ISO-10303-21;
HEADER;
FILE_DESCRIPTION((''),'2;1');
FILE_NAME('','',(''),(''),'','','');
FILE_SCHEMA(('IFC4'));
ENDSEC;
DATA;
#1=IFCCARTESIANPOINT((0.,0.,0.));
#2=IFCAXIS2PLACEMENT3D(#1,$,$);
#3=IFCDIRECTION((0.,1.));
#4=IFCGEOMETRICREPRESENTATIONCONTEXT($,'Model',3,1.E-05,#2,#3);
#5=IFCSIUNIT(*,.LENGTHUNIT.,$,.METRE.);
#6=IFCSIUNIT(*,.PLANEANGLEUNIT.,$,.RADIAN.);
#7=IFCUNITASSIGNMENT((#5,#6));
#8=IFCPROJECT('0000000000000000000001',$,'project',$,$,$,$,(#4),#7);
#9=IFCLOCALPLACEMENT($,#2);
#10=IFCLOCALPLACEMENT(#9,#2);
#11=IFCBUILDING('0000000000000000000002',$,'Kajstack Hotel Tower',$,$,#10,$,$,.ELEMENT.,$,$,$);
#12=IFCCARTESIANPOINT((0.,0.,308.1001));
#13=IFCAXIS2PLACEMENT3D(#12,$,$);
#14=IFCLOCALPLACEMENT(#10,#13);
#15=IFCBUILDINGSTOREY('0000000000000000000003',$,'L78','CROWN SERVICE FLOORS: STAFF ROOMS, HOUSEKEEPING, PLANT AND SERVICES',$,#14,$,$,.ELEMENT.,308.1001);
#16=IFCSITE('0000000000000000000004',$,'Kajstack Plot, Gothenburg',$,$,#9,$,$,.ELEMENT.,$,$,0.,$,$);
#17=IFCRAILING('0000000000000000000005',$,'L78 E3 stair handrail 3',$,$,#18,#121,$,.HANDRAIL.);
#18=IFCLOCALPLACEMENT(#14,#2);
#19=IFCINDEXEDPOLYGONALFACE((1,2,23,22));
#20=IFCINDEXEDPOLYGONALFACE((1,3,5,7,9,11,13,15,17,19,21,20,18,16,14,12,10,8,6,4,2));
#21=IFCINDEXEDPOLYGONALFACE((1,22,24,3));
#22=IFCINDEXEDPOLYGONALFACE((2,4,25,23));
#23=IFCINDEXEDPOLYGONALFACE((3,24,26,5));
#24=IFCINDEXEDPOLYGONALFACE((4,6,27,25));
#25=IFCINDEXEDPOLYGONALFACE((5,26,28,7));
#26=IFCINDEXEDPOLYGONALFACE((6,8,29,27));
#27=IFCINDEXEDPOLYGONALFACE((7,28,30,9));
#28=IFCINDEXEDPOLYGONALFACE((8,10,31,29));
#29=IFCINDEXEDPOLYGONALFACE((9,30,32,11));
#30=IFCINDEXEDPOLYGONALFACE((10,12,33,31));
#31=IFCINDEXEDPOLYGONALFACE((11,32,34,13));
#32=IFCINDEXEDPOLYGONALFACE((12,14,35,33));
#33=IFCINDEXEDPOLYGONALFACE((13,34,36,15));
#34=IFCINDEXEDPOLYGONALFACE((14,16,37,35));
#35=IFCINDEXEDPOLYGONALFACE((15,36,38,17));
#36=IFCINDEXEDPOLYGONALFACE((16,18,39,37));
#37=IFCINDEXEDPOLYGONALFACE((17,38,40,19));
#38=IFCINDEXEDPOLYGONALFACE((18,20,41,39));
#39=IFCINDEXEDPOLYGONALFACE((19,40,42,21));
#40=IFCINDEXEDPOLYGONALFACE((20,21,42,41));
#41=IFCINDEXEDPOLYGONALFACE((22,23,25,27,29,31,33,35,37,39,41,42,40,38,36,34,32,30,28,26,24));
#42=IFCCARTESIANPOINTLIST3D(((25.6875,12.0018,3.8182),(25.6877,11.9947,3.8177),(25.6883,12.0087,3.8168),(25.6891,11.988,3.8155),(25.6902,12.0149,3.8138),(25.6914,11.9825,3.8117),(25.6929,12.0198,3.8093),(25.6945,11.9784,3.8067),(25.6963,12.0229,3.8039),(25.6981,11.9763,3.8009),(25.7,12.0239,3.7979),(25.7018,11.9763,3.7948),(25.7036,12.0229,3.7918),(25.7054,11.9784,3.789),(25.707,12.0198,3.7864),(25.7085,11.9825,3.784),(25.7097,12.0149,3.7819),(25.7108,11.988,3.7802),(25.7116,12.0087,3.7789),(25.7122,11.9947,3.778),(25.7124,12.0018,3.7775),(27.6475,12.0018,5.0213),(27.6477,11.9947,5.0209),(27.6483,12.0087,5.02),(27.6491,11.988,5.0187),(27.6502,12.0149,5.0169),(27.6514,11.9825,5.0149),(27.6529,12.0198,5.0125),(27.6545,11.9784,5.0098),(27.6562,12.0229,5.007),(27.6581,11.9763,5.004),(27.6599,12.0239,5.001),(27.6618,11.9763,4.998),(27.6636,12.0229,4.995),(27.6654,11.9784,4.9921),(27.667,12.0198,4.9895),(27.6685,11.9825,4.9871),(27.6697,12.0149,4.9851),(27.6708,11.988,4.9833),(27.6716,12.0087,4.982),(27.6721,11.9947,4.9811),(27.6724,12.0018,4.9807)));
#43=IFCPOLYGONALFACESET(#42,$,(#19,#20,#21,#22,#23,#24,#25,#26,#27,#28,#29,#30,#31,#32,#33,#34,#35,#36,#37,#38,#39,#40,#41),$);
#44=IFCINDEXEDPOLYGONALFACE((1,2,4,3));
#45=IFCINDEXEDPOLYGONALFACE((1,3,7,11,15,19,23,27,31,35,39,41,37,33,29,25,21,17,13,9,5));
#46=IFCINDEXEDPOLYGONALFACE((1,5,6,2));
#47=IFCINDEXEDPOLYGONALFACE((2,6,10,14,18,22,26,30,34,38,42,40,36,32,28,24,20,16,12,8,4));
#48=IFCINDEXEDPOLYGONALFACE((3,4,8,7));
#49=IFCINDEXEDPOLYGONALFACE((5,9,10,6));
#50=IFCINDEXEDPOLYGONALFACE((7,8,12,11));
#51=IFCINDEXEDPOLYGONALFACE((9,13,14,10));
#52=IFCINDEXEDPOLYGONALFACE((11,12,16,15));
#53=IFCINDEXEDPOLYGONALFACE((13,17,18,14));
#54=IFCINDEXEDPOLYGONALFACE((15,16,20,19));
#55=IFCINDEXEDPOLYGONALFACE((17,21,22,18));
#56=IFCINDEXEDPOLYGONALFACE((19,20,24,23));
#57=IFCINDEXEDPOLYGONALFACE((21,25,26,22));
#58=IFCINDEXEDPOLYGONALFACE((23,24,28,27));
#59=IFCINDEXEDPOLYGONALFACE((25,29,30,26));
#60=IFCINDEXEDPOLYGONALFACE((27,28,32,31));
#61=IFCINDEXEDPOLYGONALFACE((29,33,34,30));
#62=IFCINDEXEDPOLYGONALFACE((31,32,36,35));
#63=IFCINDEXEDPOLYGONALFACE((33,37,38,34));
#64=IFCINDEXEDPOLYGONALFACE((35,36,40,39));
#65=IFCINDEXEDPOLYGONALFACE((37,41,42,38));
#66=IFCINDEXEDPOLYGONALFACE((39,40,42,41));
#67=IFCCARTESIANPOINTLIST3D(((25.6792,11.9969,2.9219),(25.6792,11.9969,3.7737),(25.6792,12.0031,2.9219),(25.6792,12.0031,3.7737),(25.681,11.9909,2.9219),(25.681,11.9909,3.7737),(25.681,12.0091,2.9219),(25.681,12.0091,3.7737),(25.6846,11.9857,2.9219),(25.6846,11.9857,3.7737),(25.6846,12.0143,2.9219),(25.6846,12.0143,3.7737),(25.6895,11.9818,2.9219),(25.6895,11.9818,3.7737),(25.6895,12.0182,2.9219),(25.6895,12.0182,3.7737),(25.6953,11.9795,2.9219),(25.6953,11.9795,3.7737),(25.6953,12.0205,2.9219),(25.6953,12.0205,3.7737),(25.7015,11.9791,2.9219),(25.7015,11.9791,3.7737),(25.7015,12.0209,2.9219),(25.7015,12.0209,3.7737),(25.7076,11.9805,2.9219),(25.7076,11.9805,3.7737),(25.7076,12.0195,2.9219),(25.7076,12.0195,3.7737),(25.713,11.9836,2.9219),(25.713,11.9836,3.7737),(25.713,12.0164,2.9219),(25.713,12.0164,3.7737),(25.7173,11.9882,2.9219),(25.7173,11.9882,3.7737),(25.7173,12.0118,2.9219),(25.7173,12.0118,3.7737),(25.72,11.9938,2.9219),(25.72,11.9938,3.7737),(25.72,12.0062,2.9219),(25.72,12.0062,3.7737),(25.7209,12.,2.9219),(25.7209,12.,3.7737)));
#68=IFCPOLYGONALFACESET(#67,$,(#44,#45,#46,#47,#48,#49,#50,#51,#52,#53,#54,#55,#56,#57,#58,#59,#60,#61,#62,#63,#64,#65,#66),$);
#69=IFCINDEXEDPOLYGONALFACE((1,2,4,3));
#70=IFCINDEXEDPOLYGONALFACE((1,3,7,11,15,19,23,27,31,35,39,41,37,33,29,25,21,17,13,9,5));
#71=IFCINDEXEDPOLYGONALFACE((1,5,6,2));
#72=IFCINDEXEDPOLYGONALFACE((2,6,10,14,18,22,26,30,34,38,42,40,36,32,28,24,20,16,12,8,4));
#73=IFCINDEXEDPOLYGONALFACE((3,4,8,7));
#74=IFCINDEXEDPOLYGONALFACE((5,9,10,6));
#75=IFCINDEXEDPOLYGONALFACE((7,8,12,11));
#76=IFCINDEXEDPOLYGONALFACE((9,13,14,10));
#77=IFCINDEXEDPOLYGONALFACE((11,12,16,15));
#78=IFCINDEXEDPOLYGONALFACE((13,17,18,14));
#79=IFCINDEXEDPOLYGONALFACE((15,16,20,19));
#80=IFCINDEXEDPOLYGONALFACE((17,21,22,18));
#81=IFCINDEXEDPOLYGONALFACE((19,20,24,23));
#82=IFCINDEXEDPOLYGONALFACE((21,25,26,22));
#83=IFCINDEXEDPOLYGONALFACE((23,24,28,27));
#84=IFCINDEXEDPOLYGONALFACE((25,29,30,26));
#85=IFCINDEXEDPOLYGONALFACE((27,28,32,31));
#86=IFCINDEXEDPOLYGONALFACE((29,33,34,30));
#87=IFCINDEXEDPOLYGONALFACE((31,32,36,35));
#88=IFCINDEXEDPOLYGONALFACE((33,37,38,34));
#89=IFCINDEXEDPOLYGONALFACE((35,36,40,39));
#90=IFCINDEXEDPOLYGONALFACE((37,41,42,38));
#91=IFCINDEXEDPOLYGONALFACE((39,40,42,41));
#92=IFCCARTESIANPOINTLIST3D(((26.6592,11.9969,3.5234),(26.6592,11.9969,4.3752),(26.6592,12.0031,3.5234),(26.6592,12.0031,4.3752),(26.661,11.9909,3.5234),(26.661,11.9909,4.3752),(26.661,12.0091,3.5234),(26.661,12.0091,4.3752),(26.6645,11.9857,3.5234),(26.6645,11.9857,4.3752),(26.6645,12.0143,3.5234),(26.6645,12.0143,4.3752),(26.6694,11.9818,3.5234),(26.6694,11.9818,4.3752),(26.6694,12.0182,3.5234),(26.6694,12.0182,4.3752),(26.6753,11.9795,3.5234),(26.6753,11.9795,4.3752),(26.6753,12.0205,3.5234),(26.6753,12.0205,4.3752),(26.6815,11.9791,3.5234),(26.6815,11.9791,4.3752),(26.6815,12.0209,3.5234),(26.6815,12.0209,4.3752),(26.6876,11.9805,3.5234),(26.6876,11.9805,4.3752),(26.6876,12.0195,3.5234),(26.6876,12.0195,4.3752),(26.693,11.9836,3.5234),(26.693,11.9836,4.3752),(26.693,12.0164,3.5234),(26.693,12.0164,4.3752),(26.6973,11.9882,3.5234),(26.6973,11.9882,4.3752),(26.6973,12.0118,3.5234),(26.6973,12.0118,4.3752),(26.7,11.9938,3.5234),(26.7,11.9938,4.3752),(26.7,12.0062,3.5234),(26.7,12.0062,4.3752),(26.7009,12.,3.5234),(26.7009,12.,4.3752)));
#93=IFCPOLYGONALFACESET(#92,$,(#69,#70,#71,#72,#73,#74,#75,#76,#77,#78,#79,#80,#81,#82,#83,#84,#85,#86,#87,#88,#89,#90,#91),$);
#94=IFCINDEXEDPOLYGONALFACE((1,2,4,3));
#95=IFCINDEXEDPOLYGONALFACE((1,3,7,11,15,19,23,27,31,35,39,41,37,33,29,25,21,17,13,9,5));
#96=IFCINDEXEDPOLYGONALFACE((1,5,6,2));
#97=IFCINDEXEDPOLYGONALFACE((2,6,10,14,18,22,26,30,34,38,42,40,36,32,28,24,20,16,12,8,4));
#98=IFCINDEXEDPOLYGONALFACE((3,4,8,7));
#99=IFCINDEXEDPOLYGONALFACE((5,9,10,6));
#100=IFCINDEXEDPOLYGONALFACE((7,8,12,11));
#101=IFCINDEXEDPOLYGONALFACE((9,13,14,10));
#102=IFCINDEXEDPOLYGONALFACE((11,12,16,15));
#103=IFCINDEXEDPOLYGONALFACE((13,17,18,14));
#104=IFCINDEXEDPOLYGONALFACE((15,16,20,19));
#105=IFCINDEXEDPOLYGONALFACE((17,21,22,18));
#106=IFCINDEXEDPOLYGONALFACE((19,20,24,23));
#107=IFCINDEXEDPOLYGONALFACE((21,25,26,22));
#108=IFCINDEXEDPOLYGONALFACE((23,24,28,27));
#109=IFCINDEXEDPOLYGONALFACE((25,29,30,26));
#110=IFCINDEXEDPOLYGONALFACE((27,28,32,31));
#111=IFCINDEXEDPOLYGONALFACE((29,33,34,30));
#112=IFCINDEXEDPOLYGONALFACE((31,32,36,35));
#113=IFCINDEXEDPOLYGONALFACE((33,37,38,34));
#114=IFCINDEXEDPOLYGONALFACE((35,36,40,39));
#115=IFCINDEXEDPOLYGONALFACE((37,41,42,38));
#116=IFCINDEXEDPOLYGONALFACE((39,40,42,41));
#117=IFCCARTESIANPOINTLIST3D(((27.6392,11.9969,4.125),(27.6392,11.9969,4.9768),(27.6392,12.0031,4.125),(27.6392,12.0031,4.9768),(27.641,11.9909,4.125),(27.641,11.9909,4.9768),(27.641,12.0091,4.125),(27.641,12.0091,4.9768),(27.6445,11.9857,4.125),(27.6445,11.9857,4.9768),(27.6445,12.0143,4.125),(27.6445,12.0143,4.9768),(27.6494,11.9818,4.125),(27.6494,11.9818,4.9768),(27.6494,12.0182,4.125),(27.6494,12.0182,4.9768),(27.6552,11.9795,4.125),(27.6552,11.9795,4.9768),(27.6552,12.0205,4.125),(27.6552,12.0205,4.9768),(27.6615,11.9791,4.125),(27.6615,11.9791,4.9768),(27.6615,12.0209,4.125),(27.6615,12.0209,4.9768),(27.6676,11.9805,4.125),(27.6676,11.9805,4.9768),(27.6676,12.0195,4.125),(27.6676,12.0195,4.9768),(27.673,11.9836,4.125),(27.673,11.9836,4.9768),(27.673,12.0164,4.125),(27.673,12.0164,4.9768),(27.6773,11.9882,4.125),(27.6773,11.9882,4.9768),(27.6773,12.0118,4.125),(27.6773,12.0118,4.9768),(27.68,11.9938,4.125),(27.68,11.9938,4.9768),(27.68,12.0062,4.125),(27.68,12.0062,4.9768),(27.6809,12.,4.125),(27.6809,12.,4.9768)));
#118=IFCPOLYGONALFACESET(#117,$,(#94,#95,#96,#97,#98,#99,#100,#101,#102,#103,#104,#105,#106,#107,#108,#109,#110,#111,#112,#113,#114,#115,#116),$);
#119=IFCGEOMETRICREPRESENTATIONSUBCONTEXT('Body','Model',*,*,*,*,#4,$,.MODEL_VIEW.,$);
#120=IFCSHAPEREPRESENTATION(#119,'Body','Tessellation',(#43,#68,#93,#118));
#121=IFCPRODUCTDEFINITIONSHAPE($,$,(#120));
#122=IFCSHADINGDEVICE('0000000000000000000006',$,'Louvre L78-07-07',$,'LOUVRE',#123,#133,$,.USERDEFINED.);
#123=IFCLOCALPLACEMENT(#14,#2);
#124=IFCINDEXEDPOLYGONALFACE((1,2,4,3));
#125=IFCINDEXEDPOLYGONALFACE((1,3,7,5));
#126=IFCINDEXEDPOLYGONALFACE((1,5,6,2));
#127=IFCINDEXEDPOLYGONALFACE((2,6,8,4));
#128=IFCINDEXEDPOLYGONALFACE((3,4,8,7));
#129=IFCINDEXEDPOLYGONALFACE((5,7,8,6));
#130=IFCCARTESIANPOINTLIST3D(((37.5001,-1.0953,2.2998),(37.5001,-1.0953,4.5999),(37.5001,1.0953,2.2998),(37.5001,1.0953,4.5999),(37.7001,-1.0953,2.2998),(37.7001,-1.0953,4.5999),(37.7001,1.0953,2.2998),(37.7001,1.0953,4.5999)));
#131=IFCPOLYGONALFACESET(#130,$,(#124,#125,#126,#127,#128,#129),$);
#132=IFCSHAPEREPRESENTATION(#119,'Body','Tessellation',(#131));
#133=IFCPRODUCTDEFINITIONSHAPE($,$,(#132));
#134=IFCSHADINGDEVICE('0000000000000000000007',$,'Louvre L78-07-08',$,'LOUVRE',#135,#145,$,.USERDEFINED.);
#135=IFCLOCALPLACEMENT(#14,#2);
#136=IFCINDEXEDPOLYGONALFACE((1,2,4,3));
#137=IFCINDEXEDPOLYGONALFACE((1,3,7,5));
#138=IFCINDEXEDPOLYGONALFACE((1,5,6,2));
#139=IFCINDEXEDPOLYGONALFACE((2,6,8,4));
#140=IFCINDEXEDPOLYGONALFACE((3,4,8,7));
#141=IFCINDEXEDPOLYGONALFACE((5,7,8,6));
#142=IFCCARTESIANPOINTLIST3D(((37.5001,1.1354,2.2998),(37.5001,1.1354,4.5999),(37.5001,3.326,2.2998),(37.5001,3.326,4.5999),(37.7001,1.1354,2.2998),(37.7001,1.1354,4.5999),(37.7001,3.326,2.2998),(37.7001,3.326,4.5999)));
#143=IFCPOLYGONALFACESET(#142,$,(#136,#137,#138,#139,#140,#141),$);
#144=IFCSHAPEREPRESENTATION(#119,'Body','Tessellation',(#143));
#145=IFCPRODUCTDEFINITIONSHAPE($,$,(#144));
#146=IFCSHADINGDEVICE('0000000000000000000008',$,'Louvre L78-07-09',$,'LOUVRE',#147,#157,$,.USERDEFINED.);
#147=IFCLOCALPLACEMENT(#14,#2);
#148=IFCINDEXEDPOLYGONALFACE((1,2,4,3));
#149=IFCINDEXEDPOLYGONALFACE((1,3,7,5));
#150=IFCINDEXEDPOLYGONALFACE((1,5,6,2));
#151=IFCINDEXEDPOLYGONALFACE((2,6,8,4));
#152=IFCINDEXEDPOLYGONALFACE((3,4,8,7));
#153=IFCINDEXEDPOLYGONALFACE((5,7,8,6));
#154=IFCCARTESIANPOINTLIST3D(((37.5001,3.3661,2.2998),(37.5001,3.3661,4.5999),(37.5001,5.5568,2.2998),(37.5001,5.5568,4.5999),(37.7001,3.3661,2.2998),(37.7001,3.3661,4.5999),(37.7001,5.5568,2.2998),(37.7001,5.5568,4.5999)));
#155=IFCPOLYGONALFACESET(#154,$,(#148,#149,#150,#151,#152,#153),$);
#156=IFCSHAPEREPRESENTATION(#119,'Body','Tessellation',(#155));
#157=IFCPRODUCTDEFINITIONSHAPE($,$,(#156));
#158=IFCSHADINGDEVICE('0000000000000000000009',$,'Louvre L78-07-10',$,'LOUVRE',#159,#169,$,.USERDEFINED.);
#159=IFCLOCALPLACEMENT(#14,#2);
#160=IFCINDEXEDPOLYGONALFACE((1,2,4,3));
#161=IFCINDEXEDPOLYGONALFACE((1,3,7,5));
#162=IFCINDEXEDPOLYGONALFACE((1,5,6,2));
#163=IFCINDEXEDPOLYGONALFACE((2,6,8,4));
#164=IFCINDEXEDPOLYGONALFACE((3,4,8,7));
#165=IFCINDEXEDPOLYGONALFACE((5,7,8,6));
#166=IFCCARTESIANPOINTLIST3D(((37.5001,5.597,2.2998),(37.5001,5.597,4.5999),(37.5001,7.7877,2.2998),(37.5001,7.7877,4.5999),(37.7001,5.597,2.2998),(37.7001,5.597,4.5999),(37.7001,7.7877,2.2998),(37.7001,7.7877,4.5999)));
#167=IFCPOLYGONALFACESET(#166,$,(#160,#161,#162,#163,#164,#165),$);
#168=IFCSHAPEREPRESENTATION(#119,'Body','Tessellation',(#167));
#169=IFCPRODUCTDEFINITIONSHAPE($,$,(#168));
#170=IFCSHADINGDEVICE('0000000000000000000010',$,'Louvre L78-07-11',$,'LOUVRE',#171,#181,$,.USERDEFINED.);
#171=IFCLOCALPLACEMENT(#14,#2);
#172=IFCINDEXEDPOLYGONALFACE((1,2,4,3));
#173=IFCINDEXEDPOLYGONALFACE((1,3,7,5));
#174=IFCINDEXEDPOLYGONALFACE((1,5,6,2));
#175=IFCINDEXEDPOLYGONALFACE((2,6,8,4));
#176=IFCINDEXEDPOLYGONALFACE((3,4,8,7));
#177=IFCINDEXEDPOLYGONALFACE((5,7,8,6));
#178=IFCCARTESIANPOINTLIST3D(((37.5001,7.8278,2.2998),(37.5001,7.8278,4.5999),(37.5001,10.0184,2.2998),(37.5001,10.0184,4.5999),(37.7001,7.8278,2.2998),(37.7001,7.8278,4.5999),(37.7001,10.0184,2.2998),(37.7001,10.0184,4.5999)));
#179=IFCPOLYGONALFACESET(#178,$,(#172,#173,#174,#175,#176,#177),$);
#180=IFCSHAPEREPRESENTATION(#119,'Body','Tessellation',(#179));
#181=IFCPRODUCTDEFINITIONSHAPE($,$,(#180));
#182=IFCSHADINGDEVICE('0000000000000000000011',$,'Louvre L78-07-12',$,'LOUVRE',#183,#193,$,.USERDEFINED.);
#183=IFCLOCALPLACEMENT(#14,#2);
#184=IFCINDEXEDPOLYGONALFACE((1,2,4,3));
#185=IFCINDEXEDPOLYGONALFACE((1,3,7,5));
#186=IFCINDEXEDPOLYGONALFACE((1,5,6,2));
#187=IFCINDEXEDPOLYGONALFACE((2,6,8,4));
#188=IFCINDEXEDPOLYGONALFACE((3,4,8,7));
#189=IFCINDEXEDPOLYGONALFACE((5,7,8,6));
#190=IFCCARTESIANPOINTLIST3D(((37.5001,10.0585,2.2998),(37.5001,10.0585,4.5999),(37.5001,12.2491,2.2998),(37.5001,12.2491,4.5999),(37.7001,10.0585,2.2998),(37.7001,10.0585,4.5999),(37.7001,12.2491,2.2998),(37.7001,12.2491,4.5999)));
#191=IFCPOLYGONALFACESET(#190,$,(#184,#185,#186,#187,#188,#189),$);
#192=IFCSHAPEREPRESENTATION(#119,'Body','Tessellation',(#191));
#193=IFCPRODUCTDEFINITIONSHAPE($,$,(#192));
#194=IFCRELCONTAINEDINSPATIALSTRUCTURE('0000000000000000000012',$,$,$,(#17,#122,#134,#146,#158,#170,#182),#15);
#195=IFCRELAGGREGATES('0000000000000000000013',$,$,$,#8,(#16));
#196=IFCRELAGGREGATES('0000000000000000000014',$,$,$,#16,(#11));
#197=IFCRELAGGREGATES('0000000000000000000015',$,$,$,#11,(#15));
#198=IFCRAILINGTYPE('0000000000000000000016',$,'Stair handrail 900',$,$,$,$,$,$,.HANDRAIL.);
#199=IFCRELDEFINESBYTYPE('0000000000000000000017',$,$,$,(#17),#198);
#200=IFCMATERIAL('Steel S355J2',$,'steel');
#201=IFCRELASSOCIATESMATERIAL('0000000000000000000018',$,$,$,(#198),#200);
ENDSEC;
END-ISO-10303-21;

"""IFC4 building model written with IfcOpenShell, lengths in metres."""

from ifc_helpers import new_model, si_unit, direction, frame, origin, origin_2d, place, context, subcontext, project, spatial, rectangle, circle, extrude, material, type_object, element, save


model = new_model("IFC4")

# Units and contexts
model_context = context("Model", 3, precision=1e-05, world=origin(), true_north=direction((0.0, 1.0)))
body_context = subcontext(model_context, "Body", "Model", "MODEL_VIEW")
ifc_project = project(units=[si_unit("LENGTHUNIT", "METRE"), si_unit("PLANEANGLEUNIT", "RADIAN")], contexts=[model_context])

# Site, building, storey
site_placement = place(None, origin())
site = spatial("IfcSite", under=ifc_project, at=site_placement, Name="Kajstack Plot, Gothenburg", CompositionType="ELEMENT", RefElevation=0.0)
building_placement = place(site_placement, origin())
building = spatial("IfcBuilding", under=site, at=building_placement, Name="Kajstack Hotel Tower", CompositionType="ELEMENT")
storey_placement = place(building_placement, frame((0.0, 0.0, 308.1001)))
storey = spatial("IfcBuildingStorey", under=building, at=storey_placement, Name="L78", Description="CROWN SERVICE FLOORS: STAFF ROOMS, HOUSEKEEPING, PLANT AND SERVICES", CompositionType="ELEMENT", Elevation=308.1001)

# Railing
ifc_material_1 = material(Name="Steel S355J2", Category="steel")
railing_type = type_object("IfcRailingType", Name="Stair handrail 900", PredefinedType="HANDRAIL", material=ifc_material_1)
for number, where, name in (
    (1, (25.7, 12.0, 2.9219), "L78 E3 stair handrail 3"),
):
    element("IfcRailing", number, at=place(storey_placement, frame(where)), inside=storey, type_object=railing_type, Name=name, PredefinedType="HANDRAIL", context=body_context, shape_type="SweptSolid", body=[
        extrude(circle(Radius=0.0239, at=origin_2d()), frame((0.0, 0.0, 0.876), z_axis=(0.852241, 0.0, 0.523149), x_axis=(0.0, 1.0, 0.0)), (0.0, 0.0, 1.0), 2.2998),
        extrude(circle(Radius=0.021, at=origin_2d()), origin(), (0.0, 0.0, 1.0), 0.8518),
        extrude(circle(Radius=0.021, at=origin_2d()), frame((0.98, 0.0, 0.6016)), (0.0, 0.0, 1.0), 0.8518),
        extrude(circle(Radius=0.021, at=origin_2d()), frame((1.96, 0.0, 1.2031)), (0.0, 0.0, 1.0), 0.8518),
    ])

# Shading devices
for number, where, z_axis, x_axis, name in (
    (2, (37.6001, 0.0, 2.2998), (0.0, 0.0, 1.0), (0.0, 1.0, 0.0), "Louvre L78-07-07"),
    (3, (37.6001, 2.2307, 2.2998), (0.0, 0.0, 1.0), (0.0, 1.0, 0.0), "Louvre L78-07-08"),
    (4, (37.6001, 4.4614, 2.2998), (0.0, 0.0, 1.0), (0.0, 1.0, 0.0), "Louvre L78-07-09"),
    (5, (37.6001, 6.6924, 2.2998), (0.0, 0.0, 1.0), (0.0, 1.0, 0.0), "Louvre L78-07-10"),
    (6, (37.6001, 8.9231, 2.2998), (0.0, 0.0, 1.0), (0.0, 1.0, 0.0), "Louvre L78-07-11"),
    (7, (37.6001, 11.1538, 2.2998), (0.0, 0.0, 1.0), (0.0, 1.0, 0.0), "Louvre L78-07-12"),
):
    element("IfcShadingDevice", number, at=place(storey_placement, frame(where, z_axis=z_axis, x_axis=x_axis)), inside=storey, Name=name, ObjectType="LOUVRE", PredefinedType="USERDEFINED", context=body_context, shape_type="SweptSolid", body=[
        extrude(rectangle(XDim=2.1907, YDim=0.2, at=origin_2d()), origin(), (0.0, 0.0, 1.0), 2.3),
    ])

save(model, "model.ifc")
